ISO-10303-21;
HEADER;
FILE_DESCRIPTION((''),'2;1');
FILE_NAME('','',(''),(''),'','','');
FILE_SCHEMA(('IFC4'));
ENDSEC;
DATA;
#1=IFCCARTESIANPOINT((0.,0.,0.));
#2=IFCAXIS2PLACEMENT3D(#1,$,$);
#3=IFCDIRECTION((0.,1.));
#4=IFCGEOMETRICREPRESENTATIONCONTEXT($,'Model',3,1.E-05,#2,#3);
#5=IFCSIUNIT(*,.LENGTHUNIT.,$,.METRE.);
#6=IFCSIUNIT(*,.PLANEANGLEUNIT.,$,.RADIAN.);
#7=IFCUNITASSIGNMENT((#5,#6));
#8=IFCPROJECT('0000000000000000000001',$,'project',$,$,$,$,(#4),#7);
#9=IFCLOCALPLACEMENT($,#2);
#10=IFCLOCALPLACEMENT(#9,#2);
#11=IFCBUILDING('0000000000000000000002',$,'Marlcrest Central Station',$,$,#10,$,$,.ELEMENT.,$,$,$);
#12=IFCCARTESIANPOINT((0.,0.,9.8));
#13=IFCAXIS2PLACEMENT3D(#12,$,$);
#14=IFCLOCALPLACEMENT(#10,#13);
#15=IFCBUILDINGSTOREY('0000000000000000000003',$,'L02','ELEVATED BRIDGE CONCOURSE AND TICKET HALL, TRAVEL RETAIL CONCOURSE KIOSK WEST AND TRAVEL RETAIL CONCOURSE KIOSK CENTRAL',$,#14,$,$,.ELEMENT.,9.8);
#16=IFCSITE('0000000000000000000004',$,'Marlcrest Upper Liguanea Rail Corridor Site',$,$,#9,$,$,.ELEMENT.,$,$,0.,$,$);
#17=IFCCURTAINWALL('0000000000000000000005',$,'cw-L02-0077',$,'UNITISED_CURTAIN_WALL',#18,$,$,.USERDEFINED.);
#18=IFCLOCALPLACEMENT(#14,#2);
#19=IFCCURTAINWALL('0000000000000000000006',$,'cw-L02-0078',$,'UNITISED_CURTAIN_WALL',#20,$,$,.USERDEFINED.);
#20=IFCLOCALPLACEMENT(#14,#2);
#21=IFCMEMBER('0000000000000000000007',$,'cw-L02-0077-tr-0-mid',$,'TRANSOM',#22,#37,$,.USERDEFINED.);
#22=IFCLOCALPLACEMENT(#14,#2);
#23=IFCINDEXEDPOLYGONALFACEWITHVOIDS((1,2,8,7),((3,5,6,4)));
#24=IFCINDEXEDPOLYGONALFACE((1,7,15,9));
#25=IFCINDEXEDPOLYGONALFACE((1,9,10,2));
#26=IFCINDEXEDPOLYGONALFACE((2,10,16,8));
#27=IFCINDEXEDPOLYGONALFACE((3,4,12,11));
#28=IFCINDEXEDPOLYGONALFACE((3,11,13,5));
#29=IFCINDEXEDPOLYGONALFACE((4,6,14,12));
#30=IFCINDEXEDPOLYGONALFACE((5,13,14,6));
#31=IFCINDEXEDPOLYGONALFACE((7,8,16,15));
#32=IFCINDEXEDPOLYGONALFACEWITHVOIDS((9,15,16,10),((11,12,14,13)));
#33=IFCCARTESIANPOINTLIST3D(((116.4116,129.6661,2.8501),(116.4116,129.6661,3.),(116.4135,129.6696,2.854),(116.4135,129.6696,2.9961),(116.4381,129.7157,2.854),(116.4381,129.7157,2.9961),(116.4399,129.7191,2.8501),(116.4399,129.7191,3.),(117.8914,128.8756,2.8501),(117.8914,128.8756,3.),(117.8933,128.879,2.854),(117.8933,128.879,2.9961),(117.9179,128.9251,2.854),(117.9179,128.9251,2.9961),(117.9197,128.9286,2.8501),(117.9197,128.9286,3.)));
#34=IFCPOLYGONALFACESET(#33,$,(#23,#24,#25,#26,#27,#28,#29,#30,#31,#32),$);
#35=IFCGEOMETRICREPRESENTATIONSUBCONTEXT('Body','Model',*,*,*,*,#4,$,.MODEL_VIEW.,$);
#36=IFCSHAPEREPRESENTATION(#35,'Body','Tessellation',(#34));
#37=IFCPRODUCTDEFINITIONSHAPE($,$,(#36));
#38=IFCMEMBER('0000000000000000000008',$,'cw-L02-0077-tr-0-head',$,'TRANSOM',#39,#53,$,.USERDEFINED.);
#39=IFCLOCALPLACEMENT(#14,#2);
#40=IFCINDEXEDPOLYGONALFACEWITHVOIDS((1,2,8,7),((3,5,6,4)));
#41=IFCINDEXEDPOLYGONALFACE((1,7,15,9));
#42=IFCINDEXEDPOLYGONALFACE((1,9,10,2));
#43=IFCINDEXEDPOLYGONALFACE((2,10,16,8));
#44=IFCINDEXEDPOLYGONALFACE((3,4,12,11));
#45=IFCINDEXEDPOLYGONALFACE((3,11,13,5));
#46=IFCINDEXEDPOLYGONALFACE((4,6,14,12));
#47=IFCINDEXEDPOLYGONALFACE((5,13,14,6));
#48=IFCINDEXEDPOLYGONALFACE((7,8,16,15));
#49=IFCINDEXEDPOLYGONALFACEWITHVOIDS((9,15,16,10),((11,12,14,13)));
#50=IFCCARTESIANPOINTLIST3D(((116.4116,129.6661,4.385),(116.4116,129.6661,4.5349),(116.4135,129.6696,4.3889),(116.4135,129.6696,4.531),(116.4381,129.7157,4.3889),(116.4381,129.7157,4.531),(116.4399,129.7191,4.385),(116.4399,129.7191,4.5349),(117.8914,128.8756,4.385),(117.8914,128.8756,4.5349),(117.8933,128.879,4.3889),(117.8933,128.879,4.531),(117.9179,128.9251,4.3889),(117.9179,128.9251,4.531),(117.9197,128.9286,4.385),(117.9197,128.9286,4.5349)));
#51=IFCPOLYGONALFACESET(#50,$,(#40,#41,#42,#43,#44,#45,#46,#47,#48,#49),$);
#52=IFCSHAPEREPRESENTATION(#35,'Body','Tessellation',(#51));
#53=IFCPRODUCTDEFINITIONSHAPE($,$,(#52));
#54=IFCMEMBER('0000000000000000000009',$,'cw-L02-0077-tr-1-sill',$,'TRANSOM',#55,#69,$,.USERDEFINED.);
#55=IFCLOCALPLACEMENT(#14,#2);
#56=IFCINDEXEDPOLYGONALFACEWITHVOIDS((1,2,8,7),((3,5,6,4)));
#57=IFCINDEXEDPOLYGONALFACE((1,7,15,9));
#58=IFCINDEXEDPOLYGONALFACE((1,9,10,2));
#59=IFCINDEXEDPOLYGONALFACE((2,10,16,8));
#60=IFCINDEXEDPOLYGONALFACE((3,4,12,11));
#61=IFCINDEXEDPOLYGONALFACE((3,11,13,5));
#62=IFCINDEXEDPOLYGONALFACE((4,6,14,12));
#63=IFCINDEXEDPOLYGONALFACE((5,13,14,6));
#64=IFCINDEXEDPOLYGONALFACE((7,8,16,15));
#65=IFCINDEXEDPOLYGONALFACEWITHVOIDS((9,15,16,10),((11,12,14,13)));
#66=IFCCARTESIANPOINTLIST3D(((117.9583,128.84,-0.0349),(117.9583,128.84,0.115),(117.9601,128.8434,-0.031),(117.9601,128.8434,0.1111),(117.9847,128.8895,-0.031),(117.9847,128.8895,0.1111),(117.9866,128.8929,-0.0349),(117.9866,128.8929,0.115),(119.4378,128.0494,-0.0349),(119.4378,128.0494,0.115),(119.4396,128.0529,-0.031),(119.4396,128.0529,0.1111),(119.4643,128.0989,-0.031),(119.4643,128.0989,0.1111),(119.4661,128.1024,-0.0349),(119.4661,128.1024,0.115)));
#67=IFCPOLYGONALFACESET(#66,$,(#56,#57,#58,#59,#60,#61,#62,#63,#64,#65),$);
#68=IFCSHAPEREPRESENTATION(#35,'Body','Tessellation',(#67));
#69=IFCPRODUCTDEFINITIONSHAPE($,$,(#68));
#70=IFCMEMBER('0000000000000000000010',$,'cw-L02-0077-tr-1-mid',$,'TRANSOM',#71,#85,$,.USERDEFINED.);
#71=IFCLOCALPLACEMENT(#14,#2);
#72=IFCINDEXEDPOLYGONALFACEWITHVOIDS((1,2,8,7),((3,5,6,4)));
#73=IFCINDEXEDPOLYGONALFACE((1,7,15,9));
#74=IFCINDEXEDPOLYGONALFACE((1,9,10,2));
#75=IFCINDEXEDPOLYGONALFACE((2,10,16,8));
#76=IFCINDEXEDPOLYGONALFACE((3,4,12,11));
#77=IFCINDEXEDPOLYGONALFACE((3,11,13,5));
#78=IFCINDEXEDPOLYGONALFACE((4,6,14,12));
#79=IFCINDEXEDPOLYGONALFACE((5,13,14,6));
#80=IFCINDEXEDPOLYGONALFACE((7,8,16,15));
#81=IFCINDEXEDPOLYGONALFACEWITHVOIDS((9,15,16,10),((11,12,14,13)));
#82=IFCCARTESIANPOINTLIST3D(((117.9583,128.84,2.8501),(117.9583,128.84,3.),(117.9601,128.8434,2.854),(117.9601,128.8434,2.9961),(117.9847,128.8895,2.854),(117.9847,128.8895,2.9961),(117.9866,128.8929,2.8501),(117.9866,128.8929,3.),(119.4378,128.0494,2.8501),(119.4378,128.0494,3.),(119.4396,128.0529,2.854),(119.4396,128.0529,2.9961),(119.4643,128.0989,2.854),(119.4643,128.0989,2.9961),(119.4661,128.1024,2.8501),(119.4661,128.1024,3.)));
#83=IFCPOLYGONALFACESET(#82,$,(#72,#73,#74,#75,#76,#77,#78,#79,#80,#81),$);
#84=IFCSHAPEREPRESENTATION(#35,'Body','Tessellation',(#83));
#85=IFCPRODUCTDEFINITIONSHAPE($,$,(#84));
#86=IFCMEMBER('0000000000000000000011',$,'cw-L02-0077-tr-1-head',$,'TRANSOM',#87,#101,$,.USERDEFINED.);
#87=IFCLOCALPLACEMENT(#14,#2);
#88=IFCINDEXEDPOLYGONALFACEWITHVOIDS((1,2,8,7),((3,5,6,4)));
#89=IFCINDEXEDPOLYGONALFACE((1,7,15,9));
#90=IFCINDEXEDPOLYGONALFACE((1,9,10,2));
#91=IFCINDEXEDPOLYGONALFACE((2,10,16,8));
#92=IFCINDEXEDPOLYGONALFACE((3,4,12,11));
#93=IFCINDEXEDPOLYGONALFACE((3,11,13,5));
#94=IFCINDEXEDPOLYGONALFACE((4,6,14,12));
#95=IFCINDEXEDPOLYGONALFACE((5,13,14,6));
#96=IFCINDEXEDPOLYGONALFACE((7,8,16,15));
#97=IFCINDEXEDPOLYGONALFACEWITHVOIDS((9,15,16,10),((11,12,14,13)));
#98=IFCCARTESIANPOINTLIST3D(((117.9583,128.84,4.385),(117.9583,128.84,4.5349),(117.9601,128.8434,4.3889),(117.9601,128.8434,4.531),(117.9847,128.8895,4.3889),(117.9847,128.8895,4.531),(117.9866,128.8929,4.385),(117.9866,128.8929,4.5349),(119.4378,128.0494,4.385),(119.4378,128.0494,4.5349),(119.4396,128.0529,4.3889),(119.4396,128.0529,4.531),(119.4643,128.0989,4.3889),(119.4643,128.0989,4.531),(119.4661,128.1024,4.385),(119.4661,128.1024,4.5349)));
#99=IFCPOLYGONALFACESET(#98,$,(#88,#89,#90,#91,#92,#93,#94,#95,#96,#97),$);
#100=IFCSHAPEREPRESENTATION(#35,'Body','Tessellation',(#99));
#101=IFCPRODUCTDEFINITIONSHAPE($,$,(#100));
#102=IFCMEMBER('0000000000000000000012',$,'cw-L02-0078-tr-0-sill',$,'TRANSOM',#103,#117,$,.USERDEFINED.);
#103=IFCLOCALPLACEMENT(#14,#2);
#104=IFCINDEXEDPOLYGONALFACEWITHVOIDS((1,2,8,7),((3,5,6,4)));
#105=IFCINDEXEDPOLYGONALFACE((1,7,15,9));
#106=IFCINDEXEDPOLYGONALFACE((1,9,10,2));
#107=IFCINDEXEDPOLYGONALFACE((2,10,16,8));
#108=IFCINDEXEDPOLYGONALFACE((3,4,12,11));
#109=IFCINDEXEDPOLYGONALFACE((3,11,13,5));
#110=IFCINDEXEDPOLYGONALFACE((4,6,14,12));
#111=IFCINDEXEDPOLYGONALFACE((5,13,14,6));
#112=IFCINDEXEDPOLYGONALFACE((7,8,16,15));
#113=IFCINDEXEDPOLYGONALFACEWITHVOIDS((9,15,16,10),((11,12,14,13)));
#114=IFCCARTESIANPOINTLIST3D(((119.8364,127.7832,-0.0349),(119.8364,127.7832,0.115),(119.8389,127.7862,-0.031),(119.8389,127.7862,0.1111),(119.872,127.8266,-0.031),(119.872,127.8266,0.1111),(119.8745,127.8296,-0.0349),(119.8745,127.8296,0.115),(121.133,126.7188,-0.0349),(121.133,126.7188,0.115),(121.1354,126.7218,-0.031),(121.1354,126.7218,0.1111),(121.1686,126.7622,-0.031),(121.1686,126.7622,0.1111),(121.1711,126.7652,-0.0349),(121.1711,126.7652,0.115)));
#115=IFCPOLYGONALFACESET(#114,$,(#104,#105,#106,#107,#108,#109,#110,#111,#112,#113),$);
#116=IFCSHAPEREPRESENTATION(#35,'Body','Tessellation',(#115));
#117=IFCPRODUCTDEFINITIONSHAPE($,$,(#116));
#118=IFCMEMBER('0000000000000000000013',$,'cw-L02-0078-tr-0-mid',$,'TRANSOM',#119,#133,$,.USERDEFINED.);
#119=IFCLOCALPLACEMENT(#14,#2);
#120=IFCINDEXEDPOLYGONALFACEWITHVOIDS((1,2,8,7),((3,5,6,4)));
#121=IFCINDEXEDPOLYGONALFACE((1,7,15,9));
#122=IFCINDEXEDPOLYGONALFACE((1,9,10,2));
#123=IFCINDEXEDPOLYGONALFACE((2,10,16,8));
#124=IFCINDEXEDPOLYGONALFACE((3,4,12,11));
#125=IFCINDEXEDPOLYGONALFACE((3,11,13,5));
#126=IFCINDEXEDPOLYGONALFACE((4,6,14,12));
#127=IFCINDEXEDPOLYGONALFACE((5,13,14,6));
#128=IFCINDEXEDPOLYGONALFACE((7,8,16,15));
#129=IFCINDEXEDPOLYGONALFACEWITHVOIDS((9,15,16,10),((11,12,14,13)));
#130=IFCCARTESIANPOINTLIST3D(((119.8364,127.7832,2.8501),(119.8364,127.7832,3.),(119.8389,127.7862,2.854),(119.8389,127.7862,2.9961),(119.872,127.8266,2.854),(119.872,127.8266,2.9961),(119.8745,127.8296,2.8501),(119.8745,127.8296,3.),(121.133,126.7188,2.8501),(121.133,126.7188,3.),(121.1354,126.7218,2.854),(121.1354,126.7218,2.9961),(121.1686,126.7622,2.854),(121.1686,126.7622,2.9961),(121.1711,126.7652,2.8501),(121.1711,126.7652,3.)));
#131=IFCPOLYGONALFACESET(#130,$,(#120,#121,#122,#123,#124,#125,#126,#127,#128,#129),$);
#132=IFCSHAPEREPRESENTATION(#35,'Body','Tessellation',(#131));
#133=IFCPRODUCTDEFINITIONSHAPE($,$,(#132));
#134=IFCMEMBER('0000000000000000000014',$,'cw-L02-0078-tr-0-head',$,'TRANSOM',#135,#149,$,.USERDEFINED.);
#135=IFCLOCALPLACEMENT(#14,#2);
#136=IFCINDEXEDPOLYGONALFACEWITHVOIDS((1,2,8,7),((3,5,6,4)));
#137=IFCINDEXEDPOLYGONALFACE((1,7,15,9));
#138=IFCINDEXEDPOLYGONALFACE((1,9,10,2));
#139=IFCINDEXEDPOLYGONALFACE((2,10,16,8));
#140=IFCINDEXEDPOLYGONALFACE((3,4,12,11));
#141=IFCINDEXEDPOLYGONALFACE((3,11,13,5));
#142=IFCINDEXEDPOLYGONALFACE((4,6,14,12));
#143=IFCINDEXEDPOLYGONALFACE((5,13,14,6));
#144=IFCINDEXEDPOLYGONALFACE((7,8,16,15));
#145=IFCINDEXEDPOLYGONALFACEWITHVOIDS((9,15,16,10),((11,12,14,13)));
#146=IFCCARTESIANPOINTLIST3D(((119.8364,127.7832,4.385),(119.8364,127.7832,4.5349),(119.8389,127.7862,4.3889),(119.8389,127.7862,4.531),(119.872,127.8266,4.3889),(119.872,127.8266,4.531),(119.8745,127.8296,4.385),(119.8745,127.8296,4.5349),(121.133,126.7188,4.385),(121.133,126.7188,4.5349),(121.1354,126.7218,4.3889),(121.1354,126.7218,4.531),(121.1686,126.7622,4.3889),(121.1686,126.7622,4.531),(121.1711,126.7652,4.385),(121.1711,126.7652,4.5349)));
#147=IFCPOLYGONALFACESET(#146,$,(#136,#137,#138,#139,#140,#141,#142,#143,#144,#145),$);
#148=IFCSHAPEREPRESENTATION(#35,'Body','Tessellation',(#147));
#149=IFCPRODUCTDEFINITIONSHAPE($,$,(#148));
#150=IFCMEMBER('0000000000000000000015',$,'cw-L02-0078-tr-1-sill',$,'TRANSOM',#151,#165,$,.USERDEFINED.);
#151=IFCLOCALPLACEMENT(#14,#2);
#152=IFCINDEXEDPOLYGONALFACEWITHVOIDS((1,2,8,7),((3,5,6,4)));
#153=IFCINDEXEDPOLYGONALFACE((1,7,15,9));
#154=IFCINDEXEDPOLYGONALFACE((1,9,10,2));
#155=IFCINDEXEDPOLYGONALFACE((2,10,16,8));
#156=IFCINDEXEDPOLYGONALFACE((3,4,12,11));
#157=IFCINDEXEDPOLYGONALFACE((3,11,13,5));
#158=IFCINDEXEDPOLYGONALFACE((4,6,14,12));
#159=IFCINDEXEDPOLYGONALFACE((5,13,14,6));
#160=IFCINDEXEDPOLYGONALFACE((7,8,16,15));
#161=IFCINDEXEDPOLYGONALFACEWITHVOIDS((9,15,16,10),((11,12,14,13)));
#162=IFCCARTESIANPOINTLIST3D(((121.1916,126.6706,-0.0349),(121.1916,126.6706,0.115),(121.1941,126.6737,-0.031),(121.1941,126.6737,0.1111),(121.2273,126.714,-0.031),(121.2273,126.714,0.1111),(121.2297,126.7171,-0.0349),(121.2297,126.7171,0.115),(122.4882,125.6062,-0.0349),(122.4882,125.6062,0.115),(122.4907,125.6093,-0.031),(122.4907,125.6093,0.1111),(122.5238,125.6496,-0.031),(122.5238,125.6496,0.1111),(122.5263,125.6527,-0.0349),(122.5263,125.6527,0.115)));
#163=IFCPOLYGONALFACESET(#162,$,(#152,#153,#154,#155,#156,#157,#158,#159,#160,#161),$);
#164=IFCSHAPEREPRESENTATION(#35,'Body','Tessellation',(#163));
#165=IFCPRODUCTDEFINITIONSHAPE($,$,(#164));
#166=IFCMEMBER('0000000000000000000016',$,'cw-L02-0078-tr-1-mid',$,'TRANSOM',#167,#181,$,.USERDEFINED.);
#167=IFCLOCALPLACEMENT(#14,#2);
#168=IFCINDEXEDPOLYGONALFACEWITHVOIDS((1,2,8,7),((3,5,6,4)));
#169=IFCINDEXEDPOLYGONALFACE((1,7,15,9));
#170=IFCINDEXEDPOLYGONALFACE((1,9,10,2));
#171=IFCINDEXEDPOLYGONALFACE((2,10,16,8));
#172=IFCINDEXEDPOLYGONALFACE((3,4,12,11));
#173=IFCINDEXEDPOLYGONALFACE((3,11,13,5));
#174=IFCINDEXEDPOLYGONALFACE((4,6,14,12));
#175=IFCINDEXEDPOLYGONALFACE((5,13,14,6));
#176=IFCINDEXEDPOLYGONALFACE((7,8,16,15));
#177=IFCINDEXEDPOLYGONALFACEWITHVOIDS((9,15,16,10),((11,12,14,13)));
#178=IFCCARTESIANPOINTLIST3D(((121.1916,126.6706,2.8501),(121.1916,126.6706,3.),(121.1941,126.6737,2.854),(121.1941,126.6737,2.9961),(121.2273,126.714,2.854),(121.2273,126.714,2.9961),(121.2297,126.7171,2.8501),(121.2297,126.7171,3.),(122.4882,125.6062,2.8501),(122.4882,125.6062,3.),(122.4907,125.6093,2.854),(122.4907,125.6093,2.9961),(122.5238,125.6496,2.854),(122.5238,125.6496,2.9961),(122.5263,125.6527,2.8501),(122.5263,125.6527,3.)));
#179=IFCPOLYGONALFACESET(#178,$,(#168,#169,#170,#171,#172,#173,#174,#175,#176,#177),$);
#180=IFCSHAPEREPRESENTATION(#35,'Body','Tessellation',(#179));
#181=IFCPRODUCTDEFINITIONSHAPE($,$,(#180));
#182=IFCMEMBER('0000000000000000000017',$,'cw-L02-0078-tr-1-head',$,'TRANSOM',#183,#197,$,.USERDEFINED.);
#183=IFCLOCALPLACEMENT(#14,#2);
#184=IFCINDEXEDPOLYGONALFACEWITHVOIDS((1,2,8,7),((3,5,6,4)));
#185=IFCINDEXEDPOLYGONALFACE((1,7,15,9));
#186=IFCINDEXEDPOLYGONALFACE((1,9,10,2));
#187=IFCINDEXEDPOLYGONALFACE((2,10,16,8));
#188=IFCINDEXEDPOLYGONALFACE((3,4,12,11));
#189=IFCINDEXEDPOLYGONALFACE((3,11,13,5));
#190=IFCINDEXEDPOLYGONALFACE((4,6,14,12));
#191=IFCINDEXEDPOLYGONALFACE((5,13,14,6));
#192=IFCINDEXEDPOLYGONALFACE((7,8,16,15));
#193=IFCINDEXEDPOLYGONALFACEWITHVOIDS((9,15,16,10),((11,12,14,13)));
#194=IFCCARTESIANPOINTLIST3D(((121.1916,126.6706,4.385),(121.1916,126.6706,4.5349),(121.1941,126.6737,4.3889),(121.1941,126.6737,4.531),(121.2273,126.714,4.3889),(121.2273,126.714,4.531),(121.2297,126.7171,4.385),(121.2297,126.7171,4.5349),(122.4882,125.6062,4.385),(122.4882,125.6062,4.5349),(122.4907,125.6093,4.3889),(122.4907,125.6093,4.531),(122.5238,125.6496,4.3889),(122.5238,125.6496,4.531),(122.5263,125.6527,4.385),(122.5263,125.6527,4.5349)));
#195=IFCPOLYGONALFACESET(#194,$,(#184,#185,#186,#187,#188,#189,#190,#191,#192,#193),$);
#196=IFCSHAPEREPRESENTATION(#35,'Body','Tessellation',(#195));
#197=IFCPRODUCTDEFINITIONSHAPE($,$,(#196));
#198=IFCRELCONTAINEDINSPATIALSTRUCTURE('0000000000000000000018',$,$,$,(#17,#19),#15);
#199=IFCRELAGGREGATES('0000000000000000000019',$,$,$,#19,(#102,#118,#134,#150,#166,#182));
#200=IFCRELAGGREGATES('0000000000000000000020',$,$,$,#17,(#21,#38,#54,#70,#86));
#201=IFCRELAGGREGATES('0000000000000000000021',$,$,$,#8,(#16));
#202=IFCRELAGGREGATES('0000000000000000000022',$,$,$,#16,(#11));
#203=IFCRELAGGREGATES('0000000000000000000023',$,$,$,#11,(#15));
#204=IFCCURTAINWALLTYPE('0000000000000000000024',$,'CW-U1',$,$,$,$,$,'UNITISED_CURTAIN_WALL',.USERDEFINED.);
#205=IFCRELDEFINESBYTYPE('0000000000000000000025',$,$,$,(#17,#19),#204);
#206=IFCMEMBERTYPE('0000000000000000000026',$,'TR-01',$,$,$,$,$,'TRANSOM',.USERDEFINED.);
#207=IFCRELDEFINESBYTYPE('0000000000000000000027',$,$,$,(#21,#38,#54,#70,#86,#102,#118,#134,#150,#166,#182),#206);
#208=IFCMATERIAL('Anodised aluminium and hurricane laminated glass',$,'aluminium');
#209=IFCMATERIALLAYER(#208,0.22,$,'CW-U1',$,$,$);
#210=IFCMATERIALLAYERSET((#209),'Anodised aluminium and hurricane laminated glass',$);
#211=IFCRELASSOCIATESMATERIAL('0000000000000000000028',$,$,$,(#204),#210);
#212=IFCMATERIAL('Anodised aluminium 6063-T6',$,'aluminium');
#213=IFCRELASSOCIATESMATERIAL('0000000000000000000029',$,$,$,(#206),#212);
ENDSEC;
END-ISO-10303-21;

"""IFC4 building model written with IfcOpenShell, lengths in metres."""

from ifc_helpers import new_model, si_unit, direction, frame, origin, origin_2d, place, context, subcontext, project, spatial, hollow_rectangle, extrude, material, layer, layer_set, material_profile, profile_set, type_object, element, aggregate, save


model = new_model("IFC4")

# Units and contexts
model_context = context("Model", 3, precision=1e-05, world=origin(), true_north=direction((0.0, 1.0)))
body_context = subcontext(model_context, "Body", "Model", "MODEL_VIEW")
ifc_project = project(units=[si_unit("LENGTHUNIT", "METRE"), si_unit("PLANEANGLEUNIT", "RADIAN")], contexts=[model_context])

# Site, building, storey
site_placement = place(None, origin())
site = spatial("IfcSite", under=ifc_project, at=site_placement, Name="Marlcrest Upper Liguanea Rail Corridor Site", CompositionType="ELEMENT", RefElevation=0.0)
building_placement = place(site_placement, origin())
building = spatial("IfcBuilding", under=site, at=building_placement, Name="Marlcrest Central Station", CompositionType="ELEMENT")
storey_placement = place(building_placement, frame((0.0, 0.0, 9.8)))
storey = spatial("IfcBuildingStorey", under=building, at=storey_placement, Name="L02", Description="ELEVATED BRIDGE CONCOURSE AND TICKET HALL, TRAVEL RETAIL CONCOURSE KIOSK WEST AND TRAVEL RETAIL CONCOURSE KIOSK CENTRAL", CompositionType="ELEMENT", Elevation=9.8)

# Curtain walls
ifc_material_1 = material(Name="Anodised aluminium and hurricane laminated glass", Category="aluminium")
ifc_layer_1 = layer(ifc_material_1, 0.22, Name="CW-U1")
ifc_layer_set_1 = layer_set([ifc_layer_1], Name="Anodised aluminium and hurricane laminated glass")
curtain_wall_type = type_object("IfcCurtainWallType", Name="CW-U1", ElementType="UNITISED_CURTAIN_WALL", PredefinedType="USERDEFINED", material=ifc_layer_set_1)
curtain_wall_1_placement = place(storey_placement, origin())
curtain_wall_1 = element("IfcCurtainWall", 1, at=curtain_wall_1_placement, inside=storey, type_object=curtain_wall_type, Name="cw-L02-0077", ObjectType="UNITISED_CURTAIN_WALL", PredefinedType="USERDEFINED")
ifc_material_2 = material(Name="Anodised aluminium 6063-T6", Category="aluminium")
curtain_wall_2_placement = place(storey_placement, origin())
curtain_wall_2 = element("IfcCurtainWall", 2, at=curtain_wall_2_placement, inside=storey, type_object=curtain_wall_type, Name="cw-L02-0078", ObjectType="UNITISED_CURTAIN_WALL", PredefinedType="USERDEFINED")

# Members
ifc_material_profile_1 = material_profile(ifc_material_2, hollow_rectangle(XDim=0.0601, YDim=0.1499, WallThickness=0.0039, at=origin_2d()), Name="AA-RHS 150x60x4")
ifc_profile_set_1 = profile_set([ifc_material_profile_1], Name="Anodised aluminium 6063-T6")
member_type_1 = type_object("IfcMemberType", Name="TR-01", ElementType="TRANSOM", PredefinedType="USERDEFINED", material=ifc_profile_set_1)
member_1_placement = place(storey_placement, frame((116.4258, 129.6926, 2.925), z_axis=(0.882022, -0.471207, 0.0), x_axis=(0.471207, 0.882022, 0.0)))
member_1 = element("IfcMember", 3, at=member_1_placement, type_object=member_type_1, Name="cw-L02-0077-tr-0-mid", ObjectType="TRANSOM", PredefinedType="USERDEFINED", context=body_context, shape_type="SweptSolid", body=[
    extrude(hollow_rectangle(XDim=0.0601, YDim=0.1499, WallThickness=0.0039, at=origin_2d()), origin(), (0.0, 0.0, 1.0), 1.6777),
])
member_2_placement = place(storey_placement, frame((116.4258, 129.6926, 4.46), z_axis=(0.882022, -0.471207, 0.0), x_axis=(0.471207, 0.882022, 0.0)))
member_2 = element("IfcMember", 4, at=member_2_placement, type_object=member_type_1, Name="cw-L02-0077-tr-0-head", ObjectType="TRANSOM", PredefinedType="USERDEFINED", context=body_context, shape_type="SweptSolid", body=[
    extrude(hollow_rectangle(XDim=0.0601, YDim=0.1499, WallThickness=0.0039, at=origin_2d()), origin(), (0.0, 0.0, 1.0), 1.6777),
])
member_3_placement = place(storey_placement, frame((117.9724, 128.8665, 0.04), z_axis=(0.88199, -0.471268, 0.0), x_axis=(0.471268, 0.88199, 0.0)))
member_3 = element("IfcMember", 5, at=member_3_placement, type_object=member_type_1, Name="cw-L02-0077-tr-1-sill", ObjectType="TRANSOM", PredefinedType="USERDEFINED", context=body_context, shape_type="SweptSolid", body=[
    extrude(hollow_rectangle(XDim=0.0601, YDim=0.1499, WallThickness=0.0039, at=origin_2d()), origin(), (0.0, 0.0, 1.0), 1.6775),
])
member_4_placement = place(storey_placement, frame((117.9724, 128.8665, 2.925), z_axis=(0.88199, -0.471268, 0.0), x_axis=(0.471268, 0.88199, 0.0)))
member_4 = element("IfcMember", 6, at=member_4_placement, type_object=member_type_1, Name="cw-L02-0077-tr-1-mid", ObjectType="TRANSOM", PredefinedType="USERDEFINED", context=body_context, shape_type="SweptSolid", body=[
    extrude(hollow_rectangle(XDim=0.0601, YDim=0.1499, WallThickness=0.0039, at=origin_2d()), origin(), (0.0, 0.0, 1.0), 1.6775),
])
member_5_placement = place(storey_placement, frame((117.9724, 128.8665, 4.46), z_axis=(0.88199, -0.471268, 0.0), x_axis=(0.471268, 0.88199, 0.0)))
member_5 = element("IfcMember", 7, at=member_5_placement, type_object=member_type_1, Name="cw-L02-0077-tr-1-head", ObjectType="TRANSOM", PredefinedType="USERDEFINED", context=body_context, shape_type="SweptSolid", body=[
    extrude(hollow_rectangle(XDim=0.0601, YDim=0.1499, WallThickness=0.0039, at=origin_2d()), origin(), (0.0, 0.0, 1.0), 1.6775),
])
member_6_placement = place(storey_placement, frame((119.8555, 127.8064, 0.04), z_axis=(0.772912, -0.634513, 0.0), x_axis=(0.634513, 0.772912, 0.0)))
member_6 = element("IfcMember", 8, at=member_6_placement, type_object=member_type_1, Name="cw-L02-0078-tr-0-sill", ObjectType="TRANSOM", PredefinedType="USERDEFINED", context=body_context, shape_type="SweptSolid", body=[
    extrude(hollow_rectangle(XDim=0.0601, YDim=0.1499, WallThickness=0.0039, at=origin_2d()), origin(), (0.0, 0.0, 1.0), 1.6775),
])
member_7_placement = place(storey_placement, frame((119.8555, 127.8064, 2.925), z_axis=(0.772912, -0.634513, 0.0), x_axis=(0.634513, 0.772912, 0.0)))
member_7 = element("IfcMember", 9, at=member_7_placement, type_object=member_type_1, Name="cw-L02-0078-tr-0-mid", ObjectType="TRANSOM", PredefinedType="USERDEFINED", context=body_context, shape_type="SweptSolid", body=[
    extrude(hollow_rectangle(XDim=0.0601, YDim=0.1499, WallThickness=0.0039, at=origin_2d()), origin(), (0.0, 0.0, 1.0), 1.6775),
])
member_8_placement = place(storey_placement, frame((119.8555, 127.8064, 4.46), z_axis=(0.772912, -0.634513, 0.0), x_axis=(0.634513, 0.772912, 0.0)))
member_8 = element("IfcMember", 10, at=member_8_placement, type_object=member_type_1, Name="cw-L02-0078-tr-0-head", ObjectType="TRANSOM", PredefinedType="USERDEFINED", context=body_context, shape_type="SweptSolid", body=[
    extrude(hollow_rectangle(XDim=0.0601, YDim=0.1499, WallThickness=0.0039, at=origin_2d()), origin(), (0.0, 0.0, 1.0), 1.6775),
])
member_9_placement = place(storey_placement, frame((121.2107, 126.6938, 0.04), z_axis=(0.772912, -0.634513, 0.0), x_axis=(0.634513, 0.772912, 0.0)))
member_9 = element("IfcMember", 11, at=member_9_placement, type_object=member_type_1, Name="cw-L02-0078-tr-1-sill", ObjectType="TRANSOM", PredefinedType="USERDEFINED", context=body_context, shape_type="SweptSolid", body=[
    extrude(hollow_rectangle(XDim=0.0601, YDim=0.1499, WallThickness=0.0039, at=origin_2d()), origin(), (0.0, 0.0, 1.0), 1.6775),
])
member_10_placement = place(storey_placement, frame((121.2107, 126.6938, 2.925), z_axis=(0.772912, -0.634513, 0.0), x_axis=(0.634513, 0.772912, 0.0)))
member_10 = element("IfcMember", 12, at=member_10_placement, type_object=member_type_1, Name="cw-L02-0078-tr-1-mid", ObjectType="TRANSOM", PredefinedType="USERDEFINED", context=body_context, shape_type="SweptSolid", body=[
    extrude(hollow_rectangle(XDim=0.0601, YDim=0.1499, WallThickness=0.0039, at=origin_2d()), origin(), (0.0, 0.0, 1.0), 1.6775),
])
member_11_placement = place(storey_placement, frame((121.2107, 126.6938, 4.46), z_axis=(0.772912, -0.634513, 0.0), x_axis=(0.634513, 0.772912, 0.0)))
member_11 = element("IfcMember", 13, at=member_11_placement, type_object=member_type_1, Name="cw-L02-0078-tr-1-head", ObjectType="TRANSOM", PredefinedType="USERDEFINED", context=body_context, shape_type="SweptSolid", body=[
    extrude(hollow_rectangle(XDim=0.0601, YDim=0.1499, WallThickness=0.0039, at=origin_2d()), origin(), (0.0, 0.0, 1.0), 1.6775),
])

aggregate(curtain_wall_2, [member_6, member_7, member_8, member_9, member_10, member_11])
aggregate(curtain_wall_1, [member_1, member_2, member_3, member_4, member_5])

save(model, "model.ifc")
